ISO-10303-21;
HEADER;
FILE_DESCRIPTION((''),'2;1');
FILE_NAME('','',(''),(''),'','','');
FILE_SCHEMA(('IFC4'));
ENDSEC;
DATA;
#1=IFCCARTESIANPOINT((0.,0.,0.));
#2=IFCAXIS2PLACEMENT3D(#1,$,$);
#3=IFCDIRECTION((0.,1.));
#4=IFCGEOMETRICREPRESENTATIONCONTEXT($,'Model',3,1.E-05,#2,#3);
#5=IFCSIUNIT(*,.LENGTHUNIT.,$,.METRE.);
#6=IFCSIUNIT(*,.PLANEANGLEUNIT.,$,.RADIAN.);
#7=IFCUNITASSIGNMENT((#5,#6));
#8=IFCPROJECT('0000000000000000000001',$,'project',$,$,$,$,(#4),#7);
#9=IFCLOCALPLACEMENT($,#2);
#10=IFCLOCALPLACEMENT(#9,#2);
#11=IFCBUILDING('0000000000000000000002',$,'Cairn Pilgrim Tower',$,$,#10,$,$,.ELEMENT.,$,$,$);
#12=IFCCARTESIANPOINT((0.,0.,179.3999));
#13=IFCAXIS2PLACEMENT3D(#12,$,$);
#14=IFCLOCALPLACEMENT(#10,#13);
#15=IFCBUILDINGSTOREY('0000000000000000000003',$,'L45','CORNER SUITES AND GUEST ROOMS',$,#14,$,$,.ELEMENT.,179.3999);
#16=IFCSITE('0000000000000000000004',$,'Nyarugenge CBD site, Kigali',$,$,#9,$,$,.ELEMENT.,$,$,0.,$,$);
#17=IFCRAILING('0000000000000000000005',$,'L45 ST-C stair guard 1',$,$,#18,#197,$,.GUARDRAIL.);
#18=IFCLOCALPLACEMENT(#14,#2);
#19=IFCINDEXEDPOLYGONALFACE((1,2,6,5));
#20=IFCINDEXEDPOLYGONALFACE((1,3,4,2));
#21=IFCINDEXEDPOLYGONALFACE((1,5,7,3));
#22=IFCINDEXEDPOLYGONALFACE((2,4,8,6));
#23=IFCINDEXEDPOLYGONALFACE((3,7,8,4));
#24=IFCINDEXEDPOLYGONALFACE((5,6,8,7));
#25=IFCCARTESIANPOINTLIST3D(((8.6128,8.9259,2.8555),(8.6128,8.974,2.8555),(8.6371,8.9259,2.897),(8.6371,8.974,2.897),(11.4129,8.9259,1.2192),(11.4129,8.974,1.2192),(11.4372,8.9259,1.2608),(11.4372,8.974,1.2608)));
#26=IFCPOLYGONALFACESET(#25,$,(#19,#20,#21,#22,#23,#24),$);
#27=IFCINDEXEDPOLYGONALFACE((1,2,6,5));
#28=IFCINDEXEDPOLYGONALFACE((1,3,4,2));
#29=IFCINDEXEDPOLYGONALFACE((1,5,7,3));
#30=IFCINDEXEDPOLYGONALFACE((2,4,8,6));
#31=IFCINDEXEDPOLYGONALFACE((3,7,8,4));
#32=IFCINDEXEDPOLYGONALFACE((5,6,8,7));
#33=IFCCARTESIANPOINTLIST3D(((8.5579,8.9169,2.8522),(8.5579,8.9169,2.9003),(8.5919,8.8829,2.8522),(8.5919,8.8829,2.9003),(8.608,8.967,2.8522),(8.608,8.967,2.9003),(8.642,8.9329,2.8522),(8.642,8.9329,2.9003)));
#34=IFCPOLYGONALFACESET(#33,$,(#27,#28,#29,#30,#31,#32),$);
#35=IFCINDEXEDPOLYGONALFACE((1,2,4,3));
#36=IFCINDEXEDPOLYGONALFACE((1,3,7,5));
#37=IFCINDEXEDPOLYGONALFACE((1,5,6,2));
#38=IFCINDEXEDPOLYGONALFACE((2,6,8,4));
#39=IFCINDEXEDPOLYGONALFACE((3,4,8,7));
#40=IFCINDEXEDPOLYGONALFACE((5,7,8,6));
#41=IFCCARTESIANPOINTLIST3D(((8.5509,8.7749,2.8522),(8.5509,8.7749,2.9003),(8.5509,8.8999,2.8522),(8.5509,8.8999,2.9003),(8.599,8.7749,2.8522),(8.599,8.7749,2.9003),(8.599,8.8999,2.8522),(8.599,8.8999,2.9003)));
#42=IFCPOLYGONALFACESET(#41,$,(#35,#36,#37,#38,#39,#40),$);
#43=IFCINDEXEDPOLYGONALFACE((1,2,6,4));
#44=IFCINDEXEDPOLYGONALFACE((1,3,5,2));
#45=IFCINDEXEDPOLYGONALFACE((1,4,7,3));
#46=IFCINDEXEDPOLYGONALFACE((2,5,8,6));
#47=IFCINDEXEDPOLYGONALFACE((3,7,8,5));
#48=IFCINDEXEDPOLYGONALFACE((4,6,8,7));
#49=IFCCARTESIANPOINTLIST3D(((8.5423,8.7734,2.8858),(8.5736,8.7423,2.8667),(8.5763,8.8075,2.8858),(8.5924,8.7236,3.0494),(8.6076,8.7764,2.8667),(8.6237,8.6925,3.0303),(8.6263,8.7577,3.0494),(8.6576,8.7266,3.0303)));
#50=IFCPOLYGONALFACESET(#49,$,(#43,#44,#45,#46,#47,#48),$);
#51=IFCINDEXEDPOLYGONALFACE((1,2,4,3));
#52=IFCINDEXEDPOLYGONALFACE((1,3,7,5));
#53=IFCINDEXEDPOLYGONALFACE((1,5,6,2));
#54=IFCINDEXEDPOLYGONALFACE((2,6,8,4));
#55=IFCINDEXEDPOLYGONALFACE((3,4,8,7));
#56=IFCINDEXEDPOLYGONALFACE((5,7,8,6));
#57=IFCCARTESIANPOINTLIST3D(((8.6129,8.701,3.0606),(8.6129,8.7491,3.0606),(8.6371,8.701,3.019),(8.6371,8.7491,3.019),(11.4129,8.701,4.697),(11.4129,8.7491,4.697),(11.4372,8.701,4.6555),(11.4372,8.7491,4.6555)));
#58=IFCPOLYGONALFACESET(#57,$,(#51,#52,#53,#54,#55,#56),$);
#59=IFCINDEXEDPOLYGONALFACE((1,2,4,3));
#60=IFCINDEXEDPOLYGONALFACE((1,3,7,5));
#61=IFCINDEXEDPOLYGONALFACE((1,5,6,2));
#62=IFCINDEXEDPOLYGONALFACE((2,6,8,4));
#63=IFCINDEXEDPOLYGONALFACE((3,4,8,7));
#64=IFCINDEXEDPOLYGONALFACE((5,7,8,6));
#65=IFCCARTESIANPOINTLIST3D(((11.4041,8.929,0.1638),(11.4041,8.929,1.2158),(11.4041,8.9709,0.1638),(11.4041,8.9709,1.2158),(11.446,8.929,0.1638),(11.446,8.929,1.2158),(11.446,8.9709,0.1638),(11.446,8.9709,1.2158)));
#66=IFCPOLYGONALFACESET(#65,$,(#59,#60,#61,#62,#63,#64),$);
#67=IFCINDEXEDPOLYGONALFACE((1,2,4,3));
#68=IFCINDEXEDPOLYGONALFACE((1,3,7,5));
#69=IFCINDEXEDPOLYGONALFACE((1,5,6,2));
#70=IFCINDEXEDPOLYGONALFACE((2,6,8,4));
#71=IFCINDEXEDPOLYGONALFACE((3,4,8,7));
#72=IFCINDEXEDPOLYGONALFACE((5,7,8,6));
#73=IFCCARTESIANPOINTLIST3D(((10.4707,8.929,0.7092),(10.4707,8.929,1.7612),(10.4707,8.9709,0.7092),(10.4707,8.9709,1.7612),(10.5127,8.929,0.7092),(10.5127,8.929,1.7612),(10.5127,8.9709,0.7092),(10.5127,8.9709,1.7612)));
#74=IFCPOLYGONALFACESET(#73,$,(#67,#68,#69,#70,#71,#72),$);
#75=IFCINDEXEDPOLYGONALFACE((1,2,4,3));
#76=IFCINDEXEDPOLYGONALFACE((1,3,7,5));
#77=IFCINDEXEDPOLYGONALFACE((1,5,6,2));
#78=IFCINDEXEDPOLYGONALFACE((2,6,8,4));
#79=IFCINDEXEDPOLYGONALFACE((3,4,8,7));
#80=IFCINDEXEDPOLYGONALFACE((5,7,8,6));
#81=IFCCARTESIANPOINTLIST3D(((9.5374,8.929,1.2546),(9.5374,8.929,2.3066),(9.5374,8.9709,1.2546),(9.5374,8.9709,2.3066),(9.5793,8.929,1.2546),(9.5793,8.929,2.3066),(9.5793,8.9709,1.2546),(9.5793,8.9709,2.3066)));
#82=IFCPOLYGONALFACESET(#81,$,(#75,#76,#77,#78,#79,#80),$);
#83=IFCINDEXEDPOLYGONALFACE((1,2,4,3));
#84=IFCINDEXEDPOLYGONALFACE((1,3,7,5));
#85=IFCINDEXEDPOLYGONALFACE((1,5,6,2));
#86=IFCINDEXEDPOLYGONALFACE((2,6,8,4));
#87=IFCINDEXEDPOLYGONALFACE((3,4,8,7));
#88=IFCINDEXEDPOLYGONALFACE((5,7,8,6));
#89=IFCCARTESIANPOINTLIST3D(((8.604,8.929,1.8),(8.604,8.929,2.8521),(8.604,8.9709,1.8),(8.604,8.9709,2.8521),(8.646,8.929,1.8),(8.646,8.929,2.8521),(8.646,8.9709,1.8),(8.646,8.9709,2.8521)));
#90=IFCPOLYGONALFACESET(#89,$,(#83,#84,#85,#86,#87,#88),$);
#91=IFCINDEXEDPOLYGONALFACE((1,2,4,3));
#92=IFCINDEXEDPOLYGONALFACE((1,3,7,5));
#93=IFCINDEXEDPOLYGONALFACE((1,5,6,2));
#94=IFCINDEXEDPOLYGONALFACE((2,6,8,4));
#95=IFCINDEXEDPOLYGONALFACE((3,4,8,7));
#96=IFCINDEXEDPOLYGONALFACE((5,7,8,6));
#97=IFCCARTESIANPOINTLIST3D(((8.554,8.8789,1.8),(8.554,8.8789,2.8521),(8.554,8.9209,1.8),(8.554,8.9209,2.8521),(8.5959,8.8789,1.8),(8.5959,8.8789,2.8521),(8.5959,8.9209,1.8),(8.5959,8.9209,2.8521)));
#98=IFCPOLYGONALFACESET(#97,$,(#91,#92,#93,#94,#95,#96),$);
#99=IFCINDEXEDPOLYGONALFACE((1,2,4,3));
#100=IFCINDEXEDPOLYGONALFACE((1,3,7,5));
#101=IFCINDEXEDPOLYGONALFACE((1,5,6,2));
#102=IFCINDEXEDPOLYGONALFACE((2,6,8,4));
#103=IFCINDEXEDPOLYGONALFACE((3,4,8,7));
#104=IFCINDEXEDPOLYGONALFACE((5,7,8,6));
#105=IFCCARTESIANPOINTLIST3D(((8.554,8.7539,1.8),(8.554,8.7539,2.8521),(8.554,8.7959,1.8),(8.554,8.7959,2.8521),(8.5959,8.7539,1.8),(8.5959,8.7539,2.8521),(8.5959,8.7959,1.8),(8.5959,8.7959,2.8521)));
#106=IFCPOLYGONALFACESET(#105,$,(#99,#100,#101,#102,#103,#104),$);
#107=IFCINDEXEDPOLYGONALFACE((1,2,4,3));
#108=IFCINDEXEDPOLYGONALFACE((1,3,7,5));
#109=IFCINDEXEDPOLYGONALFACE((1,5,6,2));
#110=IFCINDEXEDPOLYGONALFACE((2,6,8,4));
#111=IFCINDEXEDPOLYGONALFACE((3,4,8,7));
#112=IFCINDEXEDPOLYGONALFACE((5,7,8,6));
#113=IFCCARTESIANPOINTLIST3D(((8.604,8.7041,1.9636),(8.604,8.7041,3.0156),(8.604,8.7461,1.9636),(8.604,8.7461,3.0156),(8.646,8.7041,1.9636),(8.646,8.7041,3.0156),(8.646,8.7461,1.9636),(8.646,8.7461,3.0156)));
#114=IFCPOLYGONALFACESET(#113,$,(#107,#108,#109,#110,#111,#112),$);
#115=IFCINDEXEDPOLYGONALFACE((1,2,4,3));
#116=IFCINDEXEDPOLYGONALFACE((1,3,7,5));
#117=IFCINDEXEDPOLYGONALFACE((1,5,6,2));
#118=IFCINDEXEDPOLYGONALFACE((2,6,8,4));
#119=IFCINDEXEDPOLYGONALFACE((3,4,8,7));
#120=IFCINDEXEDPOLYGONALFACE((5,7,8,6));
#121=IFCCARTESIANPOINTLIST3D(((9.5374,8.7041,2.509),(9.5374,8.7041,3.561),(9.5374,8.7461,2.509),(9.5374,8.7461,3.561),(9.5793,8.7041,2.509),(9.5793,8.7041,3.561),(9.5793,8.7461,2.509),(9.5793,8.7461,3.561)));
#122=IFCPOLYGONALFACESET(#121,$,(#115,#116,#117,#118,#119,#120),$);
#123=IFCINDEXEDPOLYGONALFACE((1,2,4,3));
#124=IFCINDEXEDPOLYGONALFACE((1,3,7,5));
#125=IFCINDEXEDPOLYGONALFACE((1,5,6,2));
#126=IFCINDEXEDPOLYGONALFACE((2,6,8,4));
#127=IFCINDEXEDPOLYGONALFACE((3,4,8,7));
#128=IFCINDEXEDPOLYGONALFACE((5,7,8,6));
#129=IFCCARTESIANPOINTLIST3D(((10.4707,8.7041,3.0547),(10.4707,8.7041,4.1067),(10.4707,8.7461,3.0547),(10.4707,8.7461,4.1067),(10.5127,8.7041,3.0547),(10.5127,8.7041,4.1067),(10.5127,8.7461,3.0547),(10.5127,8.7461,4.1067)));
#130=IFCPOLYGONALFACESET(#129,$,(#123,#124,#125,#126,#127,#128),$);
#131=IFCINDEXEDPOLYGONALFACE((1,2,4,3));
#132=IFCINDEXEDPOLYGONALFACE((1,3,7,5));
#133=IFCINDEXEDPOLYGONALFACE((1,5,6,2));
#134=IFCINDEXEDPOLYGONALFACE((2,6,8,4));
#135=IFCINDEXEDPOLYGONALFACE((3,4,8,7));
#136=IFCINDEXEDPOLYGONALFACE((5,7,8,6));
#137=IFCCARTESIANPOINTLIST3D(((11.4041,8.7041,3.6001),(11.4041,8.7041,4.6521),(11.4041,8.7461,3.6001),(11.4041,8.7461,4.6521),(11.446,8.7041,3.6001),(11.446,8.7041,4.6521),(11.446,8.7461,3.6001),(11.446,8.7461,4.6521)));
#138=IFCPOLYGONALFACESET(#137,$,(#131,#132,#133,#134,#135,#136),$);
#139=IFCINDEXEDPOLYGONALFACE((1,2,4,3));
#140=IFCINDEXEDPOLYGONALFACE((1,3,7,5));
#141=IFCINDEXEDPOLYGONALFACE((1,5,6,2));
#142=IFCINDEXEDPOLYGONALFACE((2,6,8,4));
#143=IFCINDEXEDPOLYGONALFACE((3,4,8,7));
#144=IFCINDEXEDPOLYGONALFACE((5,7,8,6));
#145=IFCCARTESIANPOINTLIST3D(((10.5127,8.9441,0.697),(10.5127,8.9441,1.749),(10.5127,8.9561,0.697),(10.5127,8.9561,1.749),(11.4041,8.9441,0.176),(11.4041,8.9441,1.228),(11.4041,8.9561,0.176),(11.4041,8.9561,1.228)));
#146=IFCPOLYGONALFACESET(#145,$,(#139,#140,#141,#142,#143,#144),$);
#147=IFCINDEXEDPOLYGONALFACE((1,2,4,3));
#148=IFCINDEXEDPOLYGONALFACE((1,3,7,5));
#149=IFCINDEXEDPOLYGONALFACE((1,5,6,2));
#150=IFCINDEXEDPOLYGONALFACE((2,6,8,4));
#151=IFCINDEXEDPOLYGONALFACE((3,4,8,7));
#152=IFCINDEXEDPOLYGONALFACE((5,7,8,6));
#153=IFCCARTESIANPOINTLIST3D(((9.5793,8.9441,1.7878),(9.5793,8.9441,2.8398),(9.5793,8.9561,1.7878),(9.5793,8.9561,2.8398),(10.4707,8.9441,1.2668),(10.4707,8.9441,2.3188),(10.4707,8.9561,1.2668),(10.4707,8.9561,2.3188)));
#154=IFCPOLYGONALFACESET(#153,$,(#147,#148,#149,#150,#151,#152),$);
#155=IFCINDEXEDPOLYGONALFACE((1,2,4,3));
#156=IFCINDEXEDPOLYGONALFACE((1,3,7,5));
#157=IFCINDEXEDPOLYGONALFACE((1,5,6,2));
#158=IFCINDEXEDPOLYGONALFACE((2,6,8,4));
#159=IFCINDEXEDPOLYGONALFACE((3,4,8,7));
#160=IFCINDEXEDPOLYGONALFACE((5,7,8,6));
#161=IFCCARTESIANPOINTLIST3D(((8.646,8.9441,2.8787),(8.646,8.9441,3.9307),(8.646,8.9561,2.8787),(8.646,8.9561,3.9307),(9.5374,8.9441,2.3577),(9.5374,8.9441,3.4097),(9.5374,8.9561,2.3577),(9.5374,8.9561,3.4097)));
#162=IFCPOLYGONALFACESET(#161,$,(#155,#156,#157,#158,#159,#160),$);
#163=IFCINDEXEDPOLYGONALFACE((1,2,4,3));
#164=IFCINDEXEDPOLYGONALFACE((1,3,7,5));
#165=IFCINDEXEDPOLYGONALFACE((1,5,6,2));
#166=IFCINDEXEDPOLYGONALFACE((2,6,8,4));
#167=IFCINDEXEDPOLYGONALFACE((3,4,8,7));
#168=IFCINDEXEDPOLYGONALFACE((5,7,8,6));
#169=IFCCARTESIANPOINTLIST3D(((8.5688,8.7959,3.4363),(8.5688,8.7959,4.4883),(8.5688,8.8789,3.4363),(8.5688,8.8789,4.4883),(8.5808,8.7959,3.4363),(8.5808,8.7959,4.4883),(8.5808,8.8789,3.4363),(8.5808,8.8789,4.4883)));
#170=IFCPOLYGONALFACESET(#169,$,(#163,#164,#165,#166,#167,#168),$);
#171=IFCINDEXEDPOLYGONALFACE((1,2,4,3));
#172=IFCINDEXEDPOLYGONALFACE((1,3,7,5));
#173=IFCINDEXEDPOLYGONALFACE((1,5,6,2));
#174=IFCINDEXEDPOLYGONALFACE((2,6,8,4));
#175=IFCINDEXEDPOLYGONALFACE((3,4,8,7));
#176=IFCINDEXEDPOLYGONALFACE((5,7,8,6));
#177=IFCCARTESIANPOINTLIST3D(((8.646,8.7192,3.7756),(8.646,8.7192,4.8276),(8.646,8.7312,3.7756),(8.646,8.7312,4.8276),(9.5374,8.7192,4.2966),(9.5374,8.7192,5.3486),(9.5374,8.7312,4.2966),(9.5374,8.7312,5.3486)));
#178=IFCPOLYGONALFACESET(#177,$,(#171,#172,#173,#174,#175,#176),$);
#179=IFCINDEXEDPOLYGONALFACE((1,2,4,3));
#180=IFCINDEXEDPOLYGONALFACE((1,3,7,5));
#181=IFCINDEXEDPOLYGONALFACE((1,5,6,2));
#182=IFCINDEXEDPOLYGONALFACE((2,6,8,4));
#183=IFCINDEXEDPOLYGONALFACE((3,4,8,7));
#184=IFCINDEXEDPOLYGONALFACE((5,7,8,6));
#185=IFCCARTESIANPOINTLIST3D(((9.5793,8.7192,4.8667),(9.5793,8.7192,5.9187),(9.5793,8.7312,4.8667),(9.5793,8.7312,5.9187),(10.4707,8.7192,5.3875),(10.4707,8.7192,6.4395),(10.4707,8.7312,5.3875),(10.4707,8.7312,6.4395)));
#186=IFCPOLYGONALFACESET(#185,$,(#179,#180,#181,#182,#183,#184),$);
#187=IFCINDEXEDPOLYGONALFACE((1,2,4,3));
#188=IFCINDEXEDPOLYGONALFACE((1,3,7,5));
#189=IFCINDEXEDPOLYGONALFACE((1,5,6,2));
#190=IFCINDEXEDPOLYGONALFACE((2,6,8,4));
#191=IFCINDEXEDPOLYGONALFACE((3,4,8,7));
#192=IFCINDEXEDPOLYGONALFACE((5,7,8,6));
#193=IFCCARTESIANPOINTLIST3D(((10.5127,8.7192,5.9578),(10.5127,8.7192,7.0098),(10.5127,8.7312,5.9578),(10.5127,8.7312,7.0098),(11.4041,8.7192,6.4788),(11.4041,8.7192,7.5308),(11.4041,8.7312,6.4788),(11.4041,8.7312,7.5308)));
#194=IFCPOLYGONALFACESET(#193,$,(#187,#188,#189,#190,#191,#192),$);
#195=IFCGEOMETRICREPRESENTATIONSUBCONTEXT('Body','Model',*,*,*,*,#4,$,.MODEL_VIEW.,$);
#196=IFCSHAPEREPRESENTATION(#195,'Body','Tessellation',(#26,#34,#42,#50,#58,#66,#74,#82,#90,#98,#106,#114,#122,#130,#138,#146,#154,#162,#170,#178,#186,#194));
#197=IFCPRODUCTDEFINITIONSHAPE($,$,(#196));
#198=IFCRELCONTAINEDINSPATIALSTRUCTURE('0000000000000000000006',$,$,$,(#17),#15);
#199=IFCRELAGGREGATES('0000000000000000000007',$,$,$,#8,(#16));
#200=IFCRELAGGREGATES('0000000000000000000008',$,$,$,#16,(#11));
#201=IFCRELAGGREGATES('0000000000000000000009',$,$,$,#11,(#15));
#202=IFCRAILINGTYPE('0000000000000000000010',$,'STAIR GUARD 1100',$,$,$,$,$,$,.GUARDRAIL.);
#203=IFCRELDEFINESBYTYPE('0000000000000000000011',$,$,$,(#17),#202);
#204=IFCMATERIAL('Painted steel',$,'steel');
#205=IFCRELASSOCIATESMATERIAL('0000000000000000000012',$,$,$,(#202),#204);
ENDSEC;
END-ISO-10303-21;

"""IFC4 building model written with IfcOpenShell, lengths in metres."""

from ifc_helpers import new_model, si_unit, direction, frame, origin, origin_2d, place, context, subcontext, project, spatial, polyline, rectangle, outline, extrude, material, type_object, element, save


model = new_model("IFC4")

# Units and contexts
model_context = context("Model", 3, precision=1e-05, world=origin(), true_north=direction((0.0, 1.0)))
body_context = subcontext(model_context, "Body", "Model", "MODEL_VIEW")
ifc_project = project(units=[si_unit("LENGTHUNIT", "METRE"), si_unit("PLANEANGLEUNIT", "RADIAN")], contexts=[model_context])

# Site, building, storey
site_placement = place(None, origin())
site = spatial("IfcSite", under=ifc_project, at=site_placement, Name="Nyarugenge CBD site, Kigali", CompositionType="ELEMENT", RefElevation=0.0)
building_placement = place(site_placement, origin())
building = spatial("IfcBuilding", under=site, at=building_placement, Name="Cairn Pilgrim Tower", CompositionType="ELEMENT")
storey_placement = place(building_placement, frame((0.0, 0.0, 179.3999)))
storey = spatial("IfcBuildingStorey", under=building, at=storey_placement, Name="L45", Description="CORNER SUITES AND GUEST ROOMS", CompositionType="ELEMENT", Elevation=179.3999)

# Shared definitions
ifc_material_1 = material(Name="Painted steel", Category="steel")

# Railing
railing_type_1 = type_object("IfcRailingType", Name="STAIR GUARD 1100", PredefinedType="GUARDRAIL", material=ifc_material_1)
railing_1_placement = place(storey_placement, frame((11.425, 8.95, 0.1638)))
element("IfcRailing", 1, at=railing_1_placement, inside=storey, type_object=railing_type_1, Name="L45 ST-C stair guard 1", PredefinedType="GUARDRAIL", context=body_context, shape_type="SweptSolid", body=[
    extrude(rectangle(XDim=0.0481, YDim=0.0481, at=origin_2d()), frame((0.0, 0.0, 1.0762), z_axis=(-0.863394, 0.0, 0.504531), x_axis=(0.0, -1.0, 0.0)), (0.0, 0.0, 1.0), 3.2432),
    extrude(rectangle(XDim=0.0481, YDim=0.0481, at=origin_2d()), frame((-2.8, 0.0, 2.7124), z_axis=(-0.707107, -0.707107, 0.0), x_axis=(0.707107, -0.707107, 0.0)), (0.0, 0.0, 1.0), 0.0708),
    extrude(rectangle(XDim=0.0481, YDim=0.0481, at=origin_2d()), frame((-2.8501, -0.05, 2.7124), z_axis=(0.0, -1.0, 0.0), x_axis=(1.0, 0.0, 0.0)), (0.0, 0.0, 1.0), 0.125),
    extrude(rectangle(XDim=0.0481, YDim=0.0481, at=origin_2d()), frame((-2.8501, -0.175, 2.7124), z_axis=(0.280917, -0.279546, 0.918118), x_axis=(0.705376, 0.708834, 0.0)), (0.0, 0.0, 1.0), 0.1782),
    extrude(rectangle(XDim=0.0481, YDim=0.0481, at=origin_2d()), frame((-2.8, -0.2249, 2.876), z_axis=(0.863361, 0.0, 0.504587), x_axis=(0.0, 1.0, 0.0)), (0.0, 0.0, 1.0), 3.2432),
    extrude(rectangle(XDim=0.042, YDim=0.042, at=origin_2d()), origin(), (0.0, 0.0, 1.0), 1.052),
    extrude(rectangle(XDim=0.042, YDim=0.042, at=origin_2d()), frame((-0.9333, 0.0, 0.5454)), (0.0, 0.0, 1.0), 1.052),
    extrude(rectangle(XDim=0.042, YDim=0.042, at=origin_2d()), frame((-1.8667, 0.0, 1.0908)), (0.0, 0.0, 1.0), 1.052),
    extrude(rectangle(XDim=0.042, YDim=0.042, at=origin_2d()), frame((-2.8, 0.0, 1.6362)), (0.0, 0.0, 1.0), 1.052),
    extrude(rectangle(XDim=0.042, YDim=0.042, at=origin_2d()), frame((-2.8501, -0.05, 1.6362)), (0.0, 0.0, 1.0), 1.052),
    extrude(rectangle(XDim=0.042, YDim=0.042, at=origin_2d()), frame((-2.8501, -0.175, 1.6362)), (0.0, 0.0, 1.0), 1.052),
    extrude(rectangle(XDim=0.042, YDim=0.042, at=origin_2d()), frame((-2.8, -0.2249, 1.7998)), (0.0, 0.0, 1.0), 1.052),
    extrude(rectangle(XDim=0.042, YDim=0.042, at=origin_2d()), frame((-1.8667, -0.2249, 2.3452)), (0.0, 0.0, 1.0), 1.052),
    extrude(rectangle(XDim=0.042, YDim=0.042, at=origin_2d()), frame((-0.9333, -0.2249, 2.8909)), (0.0, 0.0, 1.0), 1.052),
    extrude(rectangle(XDim=0.042, YDim=0.042, at=origin_2d()), frame((0.0, -0.2249, 3.4363)), (0.0, 0.0, 1.0), 1.052),
    extrude(outline(polyline([(0.021, 0.0122), (0.9124, 0.5332), (0.9124, 1.5852), (0.021, 1.0642), (0.021, 0.0122)])), frame((0.0, -0.0059, 0.0), z_axis=(0.0, 1.0, 0.0), x_axis=(-1.0, 0.0, 0.0)), (0.0, 0.0, 1.0), 0.012),
    extrude(outline(polyline([(0.021, 0.5576), (0.9124, 1.0786), (0.9124, 2.1306), (0.021, 1.6096), (0.021, 0.5576)])), frame((-0.9333, -0.0059, 0.5454), z_axis=(0.0, 1.0, 0.0), x_axis=(-1.0, 0.0, 0.0)), (0.0, 0.0, 1.0), 0.012),
    extrude(outline(polyline([(0.021, 1.103), (0.9124, 1.624), (0.9124, 2.676), (0.021, 2.155), (0.021, 1.103)])), frame((-1.8667, -0.0059, 1.0908), z_axis=(0.0, 1.0, 0.0), x_axis=(-1.0, 0.0, 0.0)), (0.0, 0.0, 1.0), 0.012),
    extrude(outline(polyline([(0.021, 1.6362), (0.104, 1.6362), (0.104, 2.6882), (0.021, 2.6882), (0.021, 1.6362)])), frame((-2.8442, -0.05, 1.6362), z_axis=(-1.0, 0.0, 0.0), x_axis=(0.0, -1.0, 0.0)), (0.0, 0.0, 1.0), 0.012),
    extrude(outline(polyline([(0.021, 1.812), (0.9124, 2.333), (0.9124, 3.385), (0.021, 2.864), (0.021, 1.812)])), frame((-2.8, -0.2188, 1.7998), z_axis=(0.0, -1.0, 0.0), x_axis=(1.0, 0.0, 0.0)), (0.0, 0.0, 1.0), 0.012),
    extrude(outline(polyline([(0.021, 2.3577), (0.9124, 2.8784), (0.9124, 3.9304), (0.021, 3.4097), (0.021, 2.3577)])), frame((-1.8667, -0.2188, 2.3452), z_axis=(0.0, -1.0, 0.0), x_axis=(1.0, 0.0, 0.0)), (0.0, 0.0, 1.0), 0.012),
    extrude(outline(polyline([(0.021, 2.9031), (0.9124, 3.4241), (0.9124, 4.4761), (0.021, 3.9551), (0.021, 2.9031)])), frame((-0.9333, -0.2188, 2.8909), z_axis=(0.0, -1.0, 0.0), x_axis=(1.0, 0.0, 0.0)), (0.0, 0.0, 1.0), 0.012),
])

save(model, "model.ifc")
